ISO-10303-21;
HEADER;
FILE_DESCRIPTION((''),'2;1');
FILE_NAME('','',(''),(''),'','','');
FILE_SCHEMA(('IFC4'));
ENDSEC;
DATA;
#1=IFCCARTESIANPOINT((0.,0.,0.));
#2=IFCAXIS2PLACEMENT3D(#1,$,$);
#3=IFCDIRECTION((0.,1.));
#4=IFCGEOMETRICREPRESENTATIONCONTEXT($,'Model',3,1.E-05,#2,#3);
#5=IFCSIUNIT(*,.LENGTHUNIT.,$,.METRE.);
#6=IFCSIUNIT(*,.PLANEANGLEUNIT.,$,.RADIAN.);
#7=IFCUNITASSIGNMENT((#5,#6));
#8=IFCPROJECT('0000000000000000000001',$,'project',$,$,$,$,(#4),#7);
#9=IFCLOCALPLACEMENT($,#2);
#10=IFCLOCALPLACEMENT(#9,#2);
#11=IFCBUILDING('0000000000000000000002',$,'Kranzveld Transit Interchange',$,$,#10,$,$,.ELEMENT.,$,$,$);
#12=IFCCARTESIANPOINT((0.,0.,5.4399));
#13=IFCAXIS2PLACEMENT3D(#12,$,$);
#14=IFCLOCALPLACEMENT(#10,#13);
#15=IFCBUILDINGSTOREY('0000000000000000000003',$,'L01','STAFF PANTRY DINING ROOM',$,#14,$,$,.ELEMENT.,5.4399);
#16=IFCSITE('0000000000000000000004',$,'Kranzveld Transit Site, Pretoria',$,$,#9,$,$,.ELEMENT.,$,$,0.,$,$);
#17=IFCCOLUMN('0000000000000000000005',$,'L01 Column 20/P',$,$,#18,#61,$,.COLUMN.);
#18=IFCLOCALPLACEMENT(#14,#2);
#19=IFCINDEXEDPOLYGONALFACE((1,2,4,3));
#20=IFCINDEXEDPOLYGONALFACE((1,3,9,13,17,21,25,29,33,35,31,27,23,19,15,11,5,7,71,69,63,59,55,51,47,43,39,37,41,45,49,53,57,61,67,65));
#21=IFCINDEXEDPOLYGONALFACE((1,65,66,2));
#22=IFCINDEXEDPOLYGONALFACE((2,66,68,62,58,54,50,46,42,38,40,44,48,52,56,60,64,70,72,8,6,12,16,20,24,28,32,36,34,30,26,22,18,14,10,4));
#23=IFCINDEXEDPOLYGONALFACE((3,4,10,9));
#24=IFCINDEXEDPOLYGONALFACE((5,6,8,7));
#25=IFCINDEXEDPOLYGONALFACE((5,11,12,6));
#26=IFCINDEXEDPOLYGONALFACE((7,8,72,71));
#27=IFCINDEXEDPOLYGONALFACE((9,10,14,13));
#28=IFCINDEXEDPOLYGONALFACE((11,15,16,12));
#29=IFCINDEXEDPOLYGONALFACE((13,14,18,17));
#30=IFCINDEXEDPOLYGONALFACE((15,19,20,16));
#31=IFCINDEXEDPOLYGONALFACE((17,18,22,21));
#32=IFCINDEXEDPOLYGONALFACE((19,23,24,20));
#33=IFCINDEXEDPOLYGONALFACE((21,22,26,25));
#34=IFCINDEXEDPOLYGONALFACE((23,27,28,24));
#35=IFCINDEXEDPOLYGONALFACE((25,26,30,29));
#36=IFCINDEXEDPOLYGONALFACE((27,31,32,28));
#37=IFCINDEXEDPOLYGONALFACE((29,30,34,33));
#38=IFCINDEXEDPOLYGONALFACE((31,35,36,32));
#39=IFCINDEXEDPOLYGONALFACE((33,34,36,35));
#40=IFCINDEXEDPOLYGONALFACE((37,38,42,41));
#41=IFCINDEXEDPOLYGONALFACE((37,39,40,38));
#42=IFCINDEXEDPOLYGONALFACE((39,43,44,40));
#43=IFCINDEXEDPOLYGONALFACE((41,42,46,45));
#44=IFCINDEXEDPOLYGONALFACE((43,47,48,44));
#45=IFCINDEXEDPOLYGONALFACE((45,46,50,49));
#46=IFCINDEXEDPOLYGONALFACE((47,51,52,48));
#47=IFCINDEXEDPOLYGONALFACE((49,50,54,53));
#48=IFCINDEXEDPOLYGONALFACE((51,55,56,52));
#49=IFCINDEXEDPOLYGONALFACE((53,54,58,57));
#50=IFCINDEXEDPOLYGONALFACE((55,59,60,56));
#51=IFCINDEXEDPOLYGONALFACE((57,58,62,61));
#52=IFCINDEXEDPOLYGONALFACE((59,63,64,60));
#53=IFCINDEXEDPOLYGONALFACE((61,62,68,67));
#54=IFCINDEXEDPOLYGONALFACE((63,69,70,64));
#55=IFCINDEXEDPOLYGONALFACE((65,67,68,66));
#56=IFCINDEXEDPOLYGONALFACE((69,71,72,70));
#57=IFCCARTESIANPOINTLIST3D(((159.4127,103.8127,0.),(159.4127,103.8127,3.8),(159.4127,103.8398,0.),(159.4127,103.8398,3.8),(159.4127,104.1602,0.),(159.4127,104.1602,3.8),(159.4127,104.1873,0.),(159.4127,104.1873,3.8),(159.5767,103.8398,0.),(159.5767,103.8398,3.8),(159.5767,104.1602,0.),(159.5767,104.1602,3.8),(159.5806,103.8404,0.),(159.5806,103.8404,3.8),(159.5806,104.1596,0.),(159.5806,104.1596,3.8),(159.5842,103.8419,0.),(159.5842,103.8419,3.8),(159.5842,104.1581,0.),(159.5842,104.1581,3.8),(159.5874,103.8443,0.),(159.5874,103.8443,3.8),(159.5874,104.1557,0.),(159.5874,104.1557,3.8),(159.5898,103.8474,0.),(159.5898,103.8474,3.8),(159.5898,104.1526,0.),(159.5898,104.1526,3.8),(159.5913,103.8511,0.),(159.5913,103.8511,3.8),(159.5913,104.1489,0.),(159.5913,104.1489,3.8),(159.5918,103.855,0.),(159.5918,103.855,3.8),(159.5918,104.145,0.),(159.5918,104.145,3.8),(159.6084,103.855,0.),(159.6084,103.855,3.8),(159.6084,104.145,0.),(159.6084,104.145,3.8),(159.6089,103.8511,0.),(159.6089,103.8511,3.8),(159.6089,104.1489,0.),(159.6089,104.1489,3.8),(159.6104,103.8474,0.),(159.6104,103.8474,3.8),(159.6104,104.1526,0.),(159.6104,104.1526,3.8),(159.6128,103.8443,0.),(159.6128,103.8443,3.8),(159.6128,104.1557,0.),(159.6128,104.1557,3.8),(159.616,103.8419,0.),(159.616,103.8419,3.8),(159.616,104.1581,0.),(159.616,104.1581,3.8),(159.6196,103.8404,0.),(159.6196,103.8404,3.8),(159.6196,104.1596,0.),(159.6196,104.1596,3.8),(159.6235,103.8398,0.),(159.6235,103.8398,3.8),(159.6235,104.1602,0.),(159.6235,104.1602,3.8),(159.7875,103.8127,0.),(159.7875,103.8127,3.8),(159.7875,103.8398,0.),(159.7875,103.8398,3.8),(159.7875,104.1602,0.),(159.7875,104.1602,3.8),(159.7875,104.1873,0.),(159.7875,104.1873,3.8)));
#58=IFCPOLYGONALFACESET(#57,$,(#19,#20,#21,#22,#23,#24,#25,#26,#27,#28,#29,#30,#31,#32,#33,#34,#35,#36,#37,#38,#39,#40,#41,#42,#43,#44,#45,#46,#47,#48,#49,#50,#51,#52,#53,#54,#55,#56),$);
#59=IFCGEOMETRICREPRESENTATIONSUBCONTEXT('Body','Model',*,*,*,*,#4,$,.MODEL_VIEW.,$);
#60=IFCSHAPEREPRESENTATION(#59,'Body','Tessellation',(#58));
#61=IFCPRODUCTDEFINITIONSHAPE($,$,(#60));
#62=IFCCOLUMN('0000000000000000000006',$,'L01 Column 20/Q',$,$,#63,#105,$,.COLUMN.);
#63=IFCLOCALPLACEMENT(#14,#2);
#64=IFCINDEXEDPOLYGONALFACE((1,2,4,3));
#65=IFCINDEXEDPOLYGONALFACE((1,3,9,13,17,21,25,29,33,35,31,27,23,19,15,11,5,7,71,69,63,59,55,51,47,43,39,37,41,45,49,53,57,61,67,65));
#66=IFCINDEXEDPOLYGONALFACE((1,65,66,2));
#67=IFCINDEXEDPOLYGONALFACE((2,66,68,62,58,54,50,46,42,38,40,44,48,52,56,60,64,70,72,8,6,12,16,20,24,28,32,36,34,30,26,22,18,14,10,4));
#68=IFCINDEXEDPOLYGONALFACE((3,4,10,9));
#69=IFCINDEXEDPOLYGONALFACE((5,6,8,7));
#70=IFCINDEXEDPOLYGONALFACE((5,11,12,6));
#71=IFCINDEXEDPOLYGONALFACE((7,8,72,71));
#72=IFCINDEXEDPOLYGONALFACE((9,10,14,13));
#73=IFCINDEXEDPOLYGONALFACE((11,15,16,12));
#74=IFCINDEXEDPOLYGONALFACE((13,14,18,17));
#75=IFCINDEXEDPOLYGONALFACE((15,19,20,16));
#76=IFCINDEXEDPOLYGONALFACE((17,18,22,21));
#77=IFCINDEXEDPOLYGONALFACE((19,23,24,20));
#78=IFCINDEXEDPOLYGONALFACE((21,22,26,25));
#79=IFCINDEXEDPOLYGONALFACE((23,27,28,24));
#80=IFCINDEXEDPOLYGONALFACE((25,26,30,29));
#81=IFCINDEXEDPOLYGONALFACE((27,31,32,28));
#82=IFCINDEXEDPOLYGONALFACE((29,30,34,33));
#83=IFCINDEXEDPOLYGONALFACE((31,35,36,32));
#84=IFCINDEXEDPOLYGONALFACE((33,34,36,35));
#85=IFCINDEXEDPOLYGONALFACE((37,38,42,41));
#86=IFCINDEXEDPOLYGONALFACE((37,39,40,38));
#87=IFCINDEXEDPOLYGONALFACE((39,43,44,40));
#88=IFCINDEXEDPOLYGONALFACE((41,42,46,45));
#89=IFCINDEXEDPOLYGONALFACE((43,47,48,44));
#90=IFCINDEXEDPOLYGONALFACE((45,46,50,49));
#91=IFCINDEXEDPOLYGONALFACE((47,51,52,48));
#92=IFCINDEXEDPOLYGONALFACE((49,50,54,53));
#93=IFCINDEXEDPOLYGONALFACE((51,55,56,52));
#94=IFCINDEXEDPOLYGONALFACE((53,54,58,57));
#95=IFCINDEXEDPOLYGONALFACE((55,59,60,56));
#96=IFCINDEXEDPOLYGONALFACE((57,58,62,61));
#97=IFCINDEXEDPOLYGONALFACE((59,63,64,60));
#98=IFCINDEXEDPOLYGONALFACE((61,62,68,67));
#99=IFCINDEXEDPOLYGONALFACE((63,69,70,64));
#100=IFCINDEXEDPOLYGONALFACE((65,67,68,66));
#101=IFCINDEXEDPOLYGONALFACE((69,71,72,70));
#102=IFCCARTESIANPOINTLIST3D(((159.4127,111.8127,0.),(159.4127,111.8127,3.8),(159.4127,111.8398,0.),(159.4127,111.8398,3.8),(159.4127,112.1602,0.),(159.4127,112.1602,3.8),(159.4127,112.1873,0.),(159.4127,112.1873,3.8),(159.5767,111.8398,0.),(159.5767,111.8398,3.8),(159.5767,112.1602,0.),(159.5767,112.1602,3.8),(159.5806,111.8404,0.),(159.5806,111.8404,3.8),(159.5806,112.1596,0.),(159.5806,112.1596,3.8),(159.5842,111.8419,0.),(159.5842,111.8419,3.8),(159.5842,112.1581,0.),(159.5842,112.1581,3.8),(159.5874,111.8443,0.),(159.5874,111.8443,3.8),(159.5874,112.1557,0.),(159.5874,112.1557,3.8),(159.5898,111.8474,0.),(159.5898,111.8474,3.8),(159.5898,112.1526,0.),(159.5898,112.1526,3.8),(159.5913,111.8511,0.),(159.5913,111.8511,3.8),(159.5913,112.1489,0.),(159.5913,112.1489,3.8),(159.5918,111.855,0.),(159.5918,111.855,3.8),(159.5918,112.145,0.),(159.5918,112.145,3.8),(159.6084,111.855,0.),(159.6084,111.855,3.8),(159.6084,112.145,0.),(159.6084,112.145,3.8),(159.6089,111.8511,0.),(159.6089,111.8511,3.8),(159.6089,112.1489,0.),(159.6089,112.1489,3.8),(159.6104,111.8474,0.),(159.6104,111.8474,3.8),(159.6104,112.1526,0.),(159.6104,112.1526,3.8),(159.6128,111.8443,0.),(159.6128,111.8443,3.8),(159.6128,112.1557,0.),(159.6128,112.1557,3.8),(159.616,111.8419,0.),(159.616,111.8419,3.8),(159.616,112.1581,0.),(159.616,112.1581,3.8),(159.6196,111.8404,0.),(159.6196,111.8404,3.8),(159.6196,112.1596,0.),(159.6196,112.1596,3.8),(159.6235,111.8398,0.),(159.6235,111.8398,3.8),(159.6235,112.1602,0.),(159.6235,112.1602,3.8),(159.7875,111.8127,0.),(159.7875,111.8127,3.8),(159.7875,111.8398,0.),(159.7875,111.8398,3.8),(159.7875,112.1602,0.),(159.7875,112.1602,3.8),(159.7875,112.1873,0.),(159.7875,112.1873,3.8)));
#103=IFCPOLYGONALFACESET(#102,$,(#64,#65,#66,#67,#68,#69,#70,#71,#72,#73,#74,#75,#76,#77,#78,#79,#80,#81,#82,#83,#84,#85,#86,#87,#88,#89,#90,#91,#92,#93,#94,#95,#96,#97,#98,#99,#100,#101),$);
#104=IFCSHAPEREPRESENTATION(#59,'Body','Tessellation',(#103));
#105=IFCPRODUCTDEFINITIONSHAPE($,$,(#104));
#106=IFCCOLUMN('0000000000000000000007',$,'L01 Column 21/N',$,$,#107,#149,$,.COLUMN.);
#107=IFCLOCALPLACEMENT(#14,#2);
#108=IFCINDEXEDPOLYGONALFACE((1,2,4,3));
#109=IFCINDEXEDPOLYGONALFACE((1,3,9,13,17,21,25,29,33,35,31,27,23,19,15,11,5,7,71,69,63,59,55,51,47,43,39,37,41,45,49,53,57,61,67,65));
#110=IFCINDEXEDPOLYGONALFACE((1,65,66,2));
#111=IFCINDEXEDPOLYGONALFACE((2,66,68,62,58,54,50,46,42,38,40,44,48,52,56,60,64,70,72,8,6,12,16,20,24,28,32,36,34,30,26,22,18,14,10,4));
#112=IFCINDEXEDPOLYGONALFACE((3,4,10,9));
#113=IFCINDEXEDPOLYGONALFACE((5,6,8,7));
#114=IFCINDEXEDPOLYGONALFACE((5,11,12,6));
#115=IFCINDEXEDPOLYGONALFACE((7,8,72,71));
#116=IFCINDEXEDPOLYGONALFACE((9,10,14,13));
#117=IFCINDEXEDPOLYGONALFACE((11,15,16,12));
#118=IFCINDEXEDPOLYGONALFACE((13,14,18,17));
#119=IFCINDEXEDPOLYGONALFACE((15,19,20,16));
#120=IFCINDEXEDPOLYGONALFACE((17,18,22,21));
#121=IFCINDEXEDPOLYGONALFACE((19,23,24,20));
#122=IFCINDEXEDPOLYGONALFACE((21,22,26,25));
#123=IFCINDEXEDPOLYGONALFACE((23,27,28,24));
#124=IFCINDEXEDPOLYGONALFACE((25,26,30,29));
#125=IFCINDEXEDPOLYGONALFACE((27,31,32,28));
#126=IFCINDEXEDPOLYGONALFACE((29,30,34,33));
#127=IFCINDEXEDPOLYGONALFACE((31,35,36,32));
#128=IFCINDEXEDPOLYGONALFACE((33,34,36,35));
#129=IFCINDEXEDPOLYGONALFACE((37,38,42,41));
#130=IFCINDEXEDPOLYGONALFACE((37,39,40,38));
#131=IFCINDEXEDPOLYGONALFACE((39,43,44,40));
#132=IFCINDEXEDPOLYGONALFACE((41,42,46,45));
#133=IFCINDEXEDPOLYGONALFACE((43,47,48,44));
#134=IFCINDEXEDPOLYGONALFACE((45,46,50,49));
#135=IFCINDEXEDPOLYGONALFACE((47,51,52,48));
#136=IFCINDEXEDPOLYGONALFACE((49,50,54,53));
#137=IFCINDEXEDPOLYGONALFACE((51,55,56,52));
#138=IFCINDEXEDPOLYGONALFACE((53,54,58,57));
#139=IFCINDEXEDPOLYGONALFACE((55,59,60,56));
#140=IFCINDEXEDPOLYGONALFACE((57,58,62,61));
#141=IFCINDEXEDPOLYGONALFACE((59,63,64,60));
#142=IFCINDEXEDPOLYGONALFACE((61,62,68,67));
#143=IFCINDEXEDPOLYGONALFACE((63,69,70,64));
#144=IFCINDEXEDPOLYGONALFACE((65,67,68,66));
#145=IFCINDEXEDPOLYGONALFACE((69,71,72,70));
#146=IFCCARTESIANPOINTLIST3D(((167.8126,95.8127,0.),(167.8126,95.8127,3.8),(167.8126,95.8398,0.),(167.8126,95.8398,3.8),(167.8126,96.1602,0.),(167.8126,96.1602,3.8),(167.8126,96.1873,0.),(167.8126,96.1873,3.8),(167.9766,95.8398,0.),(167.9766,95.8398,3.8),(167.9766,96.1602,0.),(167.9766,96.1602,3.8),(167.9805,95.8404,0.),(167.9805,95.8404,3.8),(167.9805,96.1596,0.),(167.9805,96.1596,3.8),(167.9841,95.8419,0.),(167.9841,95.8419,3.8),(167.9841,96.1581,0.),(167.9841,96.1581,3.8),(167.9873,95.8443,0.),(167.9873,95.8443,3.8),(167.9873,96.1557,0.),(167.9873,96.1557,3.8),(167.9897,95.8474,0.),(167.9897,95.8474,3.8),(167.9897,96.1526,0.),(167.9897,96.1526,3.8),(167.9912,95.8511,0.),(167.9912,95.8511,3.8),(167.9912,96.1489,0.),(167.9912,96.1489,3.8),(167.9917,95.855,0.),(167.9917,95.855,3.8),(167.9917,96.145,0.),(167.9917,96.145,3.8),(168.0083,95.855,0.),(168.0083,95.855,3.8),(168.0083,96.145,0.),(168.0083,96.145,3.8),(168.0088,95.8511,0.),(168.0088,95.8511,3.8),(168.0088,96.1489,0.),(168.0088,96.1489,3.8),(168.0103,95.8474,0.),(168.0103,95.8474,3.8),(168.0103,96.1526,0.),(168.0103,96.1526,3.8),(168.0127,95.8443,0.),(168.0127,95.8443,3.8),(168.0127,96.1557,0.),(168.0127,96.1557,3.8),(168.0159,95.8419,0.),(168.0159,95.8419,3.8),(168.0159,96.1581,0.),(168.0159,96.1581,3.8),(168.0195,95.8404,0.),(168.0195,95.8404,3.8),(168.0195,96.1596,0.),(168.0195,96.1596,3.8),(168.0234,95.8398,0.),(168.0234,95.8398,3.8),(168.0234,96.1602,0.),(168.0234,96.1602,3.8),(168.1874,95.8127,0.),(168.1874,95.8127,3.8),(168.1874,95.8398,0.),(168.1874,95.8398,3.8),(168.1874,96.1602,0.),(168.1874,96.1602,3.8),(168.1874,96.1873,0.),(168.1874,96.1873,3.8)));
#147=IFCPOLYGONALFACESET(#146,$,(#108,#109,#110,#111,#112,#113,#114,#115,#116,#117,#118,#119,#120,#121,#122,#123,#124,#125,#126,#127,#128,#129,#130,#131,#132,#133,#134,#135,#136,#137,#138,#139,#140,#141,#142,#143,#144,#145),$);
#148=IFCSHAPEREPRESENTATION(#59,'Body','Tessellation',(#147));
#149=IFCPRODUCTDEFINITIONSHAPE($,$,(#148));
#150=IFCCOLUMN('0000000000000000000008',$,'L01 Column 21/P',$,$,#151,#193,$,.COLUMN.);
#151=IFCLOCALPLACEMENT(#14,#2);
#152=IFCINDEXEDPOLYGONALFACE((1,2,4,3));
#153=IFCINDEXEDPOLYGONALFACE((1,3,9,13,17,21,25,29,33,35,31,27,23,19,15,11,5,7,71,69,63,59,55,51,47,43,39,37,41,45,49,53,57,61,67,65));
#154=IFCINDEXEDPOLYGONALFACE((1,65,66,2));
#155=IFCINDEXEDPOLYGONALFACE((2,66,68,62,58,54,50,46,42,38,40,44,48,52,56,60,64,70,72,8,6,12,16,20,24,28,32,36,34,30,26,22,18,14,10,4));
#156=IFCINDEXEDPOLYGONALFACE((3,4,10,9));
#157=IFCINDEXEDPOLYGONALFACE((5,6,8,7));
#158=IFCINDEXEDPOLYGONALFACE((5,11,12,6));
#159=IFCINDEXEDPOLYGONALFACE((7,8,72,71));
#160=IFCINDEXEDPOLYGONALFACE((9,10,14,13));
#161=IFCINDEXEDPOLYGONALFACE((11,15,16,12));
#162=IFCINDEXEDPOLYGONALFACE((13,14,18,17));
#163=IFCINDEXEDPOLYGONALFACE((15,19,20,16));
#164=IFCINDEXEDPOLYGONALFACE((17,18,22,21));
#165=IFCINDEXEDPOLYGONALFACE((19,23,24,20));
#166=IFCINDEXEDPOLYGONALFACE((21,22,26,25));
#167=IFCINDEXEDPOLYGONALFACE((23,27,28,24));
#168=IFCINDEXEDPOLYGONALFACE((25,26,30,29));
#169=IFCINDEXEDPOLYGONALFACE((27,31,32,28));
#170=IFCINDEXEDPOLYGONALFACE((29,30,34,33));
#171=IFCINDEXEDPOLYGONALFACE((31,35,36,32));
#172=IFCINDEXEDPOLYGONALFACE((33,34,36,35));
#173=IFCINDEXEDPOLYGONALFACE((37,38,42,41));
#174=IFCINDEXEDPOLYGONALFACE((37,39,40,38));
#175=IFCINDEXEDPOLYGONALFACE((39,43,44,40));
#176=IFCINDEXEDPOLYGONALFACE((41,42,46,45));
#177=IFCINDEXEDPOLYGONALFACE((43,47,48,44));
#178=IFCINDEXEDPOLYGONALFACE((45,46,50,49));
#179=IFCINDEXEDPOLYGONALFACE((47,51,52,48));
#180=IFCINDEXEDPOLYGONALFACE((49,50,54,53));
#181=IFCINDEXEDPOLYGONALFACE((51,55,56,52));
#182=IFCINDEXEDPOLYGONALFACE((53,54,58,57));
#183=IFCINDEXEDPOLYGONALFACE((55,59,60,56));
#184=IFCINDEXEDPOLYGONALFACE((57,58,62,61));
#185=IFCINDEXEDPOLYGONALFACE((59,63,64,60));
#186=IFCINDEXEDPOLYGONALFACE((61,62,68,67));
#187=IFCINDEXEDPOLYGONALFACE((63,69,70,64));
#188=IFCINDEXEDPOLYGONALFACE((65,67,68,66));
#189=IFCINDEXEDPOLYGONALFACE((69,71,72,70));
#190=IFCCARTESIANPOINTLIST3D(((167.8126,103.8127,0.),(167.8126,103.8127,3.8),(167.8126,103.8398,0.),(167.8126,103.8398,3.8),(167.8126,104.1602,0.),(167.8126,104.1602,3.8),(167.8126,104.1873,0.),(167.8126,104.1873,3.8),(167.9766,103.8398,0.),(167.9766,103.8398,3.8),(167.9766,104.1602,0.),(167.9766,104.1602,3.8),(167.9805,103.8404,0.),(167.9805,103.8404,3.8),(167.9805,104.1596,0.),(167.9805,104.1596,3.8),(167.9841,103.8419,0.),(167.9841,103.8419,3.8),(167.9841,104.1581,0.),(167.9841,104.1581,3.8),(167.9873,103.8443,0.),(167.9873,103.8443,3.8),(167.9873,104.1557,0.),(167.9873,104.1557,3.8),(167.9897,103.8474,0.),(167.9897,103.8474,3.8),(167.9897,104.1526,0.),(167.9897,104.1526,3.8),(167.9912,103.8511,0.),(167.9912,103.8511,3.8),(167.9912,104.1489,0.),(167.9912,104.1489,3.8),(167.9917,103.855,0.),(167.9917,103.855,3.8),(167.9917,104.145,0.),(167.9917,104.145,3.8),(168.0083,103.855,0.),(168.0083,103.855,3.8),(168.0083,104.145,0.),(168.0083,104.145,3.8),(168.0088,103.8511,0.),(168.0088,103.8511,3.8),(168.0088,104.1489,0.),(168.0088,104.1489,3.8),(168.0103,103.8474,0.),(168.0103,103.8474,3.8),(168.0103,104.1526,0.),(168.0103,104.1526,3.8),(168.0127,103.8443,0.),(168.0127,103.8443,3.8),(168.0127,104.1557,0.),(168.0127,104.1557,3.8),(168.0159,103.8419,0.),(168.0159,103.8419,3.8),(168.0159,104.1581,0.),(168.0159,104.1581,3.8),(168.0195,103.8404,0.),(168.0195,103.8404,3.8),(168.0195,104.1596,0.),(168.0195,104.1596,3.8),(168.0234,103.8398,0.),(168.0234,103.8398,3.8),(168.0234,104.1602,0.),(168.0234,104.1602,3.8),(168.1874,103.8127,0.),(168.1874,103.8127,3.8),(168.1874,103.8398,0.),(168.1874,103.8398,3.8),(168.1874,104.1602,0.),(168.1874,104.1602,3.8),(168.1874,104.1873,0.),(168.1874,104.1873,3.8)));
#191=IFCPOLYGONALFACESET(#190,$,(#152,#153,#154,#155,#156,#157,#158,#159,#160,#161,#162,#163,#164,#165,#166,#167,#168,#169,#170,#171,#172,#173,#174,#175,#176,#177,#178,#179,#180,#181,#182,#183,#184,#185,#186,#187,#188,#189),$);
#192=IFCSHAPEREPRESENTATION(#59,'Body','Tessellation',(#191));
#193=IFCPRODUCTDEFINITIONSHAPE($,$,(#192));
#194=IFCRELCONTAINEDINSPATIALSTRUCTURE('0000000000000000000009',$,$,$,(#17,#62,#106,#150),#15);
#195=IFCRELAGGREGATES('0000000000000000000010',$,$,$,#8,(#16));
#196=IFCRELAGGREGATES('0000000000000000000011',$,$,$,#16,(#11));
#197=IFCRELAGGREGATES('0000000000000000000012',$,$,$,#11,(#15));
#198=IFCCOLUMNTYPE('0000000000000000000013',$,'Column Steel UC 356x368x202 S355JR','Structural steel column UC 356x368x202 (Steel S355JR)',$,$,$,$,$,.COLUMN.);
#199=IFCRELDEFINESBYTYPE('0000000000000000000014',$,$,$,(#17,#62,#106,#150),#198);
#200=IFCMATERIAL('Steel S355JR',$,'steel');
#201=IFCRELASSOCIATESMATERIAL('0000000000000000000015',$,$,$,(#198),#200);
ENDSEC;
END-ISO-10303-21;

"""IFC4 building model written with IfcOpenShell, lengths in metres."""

from ifc_helpers import new_model, si_unit, direction, frame, origin, origin_2d, place, context, subcontext, project, spatial, i_section, extrude, material, material_profile, profile_set, type_object, element, save


model = new_model("IFC4")

# Units and contexts
model_context = context("Model", 3, precision=1e-05, world=origin(), true_north=direction((0.0, 1.0)))
body_context = subcontext(model_context, "Body", "Model", "MODEL_VIEW")
ifc_project = project(units=[si_unit("LENGTHUNIT", "METRE"), si_unit("PLANEANGLEUNIT", "RADIAN")], contexts=[model_context])

# Site, building, storey
site_placement = place(None, origin())
site = spatial("IfcSite", under=ifc_project, at=site_placement, Name="Kranzveld Transit Site, Pretoria", CompositionType="ELEMENT", RefElevation=0.0)
building_placement = place(site_placement, origin())
building = spatial("IfcBuilding", under=site, at=building_placement, Name="Kranzveld Transit Interchange", CompositionType="ELEMENT")
storey_placement = place(building_placement, frame((0.0, 0.0, 5.4399)))
storey = spatial("IfcBuildingStorey", under=building, at=storey_placement, Name="L01", Description="STAFF PANTRY DINING ROOM", CompositionType="ELEMENT", Elevation=5.4399)

# Columns
ifc_material_1 = material(Name="Steel S355JR", Category="steel")
ifc_material_profile_1 = material_profile(ifc_material_1, i_section(OverallWidth=0.3748, OverallDepth=0.3745, WebThickness=0.0166, FlangeThickness=0.0271, FilletRadius=0.0151, at=origin_2d()), Name="UC 356x368x202")
ifc_profile_set_1 = profile_set([ifc_material_profile_1], Name="Steel S355JR")
column_type = type_object("IfcColumnType", Name="Column Steel UC 356x368x202 S355JR", Description="Structural steel column UC 356x368x202 (Steel S355JR)", PredefinedType="COLUMN", material=ifc_profile_set_1)
for number, where, z_axis, x_axis, name in (
    (1, (159.6001, 104.0, 0.0), (0.0, 0.0, 1.0), (1.0, 0.0, 0.0), "L01 Column 20/P"),
    (2, (159.6001, 112.0, 0.0), (0.0, 0.0, 1.0), (1.0, 0.0, 0.0), "L01 Column 20/Q"),
    (3, (168.0, 96.0, 0.0), (0.0, 0.0, 1.0), (1.0, 0.0, 0.0), "L01 Column 21/N"),
    (4, (168.0, 104.0, 0.0), (0.0, 0.0, 1.0), (1.0, 0.0, 0.0), "L01 Column 21/P"),
):
    element("IfcColumn", number, at=place(storey_placement, frame(where, z_axis=z_axis, x_axis=x_axis)), inside=storey, type_object=column_type, Name=name, PredefinedType="COLUMN", context=body_context, shape_type="SweptSolid", body=[
        extrude(i_section(OverallWidth=0.3748, OverallDepth=0.3745, WebThickness=0.0166, FlangeThickness=0.0271, FilletRadius=0.0151, at=origin_2d()), origin(), (0.0, 0.0, 1.0), 3.8),
    ])

save(model, "model.ifc")
